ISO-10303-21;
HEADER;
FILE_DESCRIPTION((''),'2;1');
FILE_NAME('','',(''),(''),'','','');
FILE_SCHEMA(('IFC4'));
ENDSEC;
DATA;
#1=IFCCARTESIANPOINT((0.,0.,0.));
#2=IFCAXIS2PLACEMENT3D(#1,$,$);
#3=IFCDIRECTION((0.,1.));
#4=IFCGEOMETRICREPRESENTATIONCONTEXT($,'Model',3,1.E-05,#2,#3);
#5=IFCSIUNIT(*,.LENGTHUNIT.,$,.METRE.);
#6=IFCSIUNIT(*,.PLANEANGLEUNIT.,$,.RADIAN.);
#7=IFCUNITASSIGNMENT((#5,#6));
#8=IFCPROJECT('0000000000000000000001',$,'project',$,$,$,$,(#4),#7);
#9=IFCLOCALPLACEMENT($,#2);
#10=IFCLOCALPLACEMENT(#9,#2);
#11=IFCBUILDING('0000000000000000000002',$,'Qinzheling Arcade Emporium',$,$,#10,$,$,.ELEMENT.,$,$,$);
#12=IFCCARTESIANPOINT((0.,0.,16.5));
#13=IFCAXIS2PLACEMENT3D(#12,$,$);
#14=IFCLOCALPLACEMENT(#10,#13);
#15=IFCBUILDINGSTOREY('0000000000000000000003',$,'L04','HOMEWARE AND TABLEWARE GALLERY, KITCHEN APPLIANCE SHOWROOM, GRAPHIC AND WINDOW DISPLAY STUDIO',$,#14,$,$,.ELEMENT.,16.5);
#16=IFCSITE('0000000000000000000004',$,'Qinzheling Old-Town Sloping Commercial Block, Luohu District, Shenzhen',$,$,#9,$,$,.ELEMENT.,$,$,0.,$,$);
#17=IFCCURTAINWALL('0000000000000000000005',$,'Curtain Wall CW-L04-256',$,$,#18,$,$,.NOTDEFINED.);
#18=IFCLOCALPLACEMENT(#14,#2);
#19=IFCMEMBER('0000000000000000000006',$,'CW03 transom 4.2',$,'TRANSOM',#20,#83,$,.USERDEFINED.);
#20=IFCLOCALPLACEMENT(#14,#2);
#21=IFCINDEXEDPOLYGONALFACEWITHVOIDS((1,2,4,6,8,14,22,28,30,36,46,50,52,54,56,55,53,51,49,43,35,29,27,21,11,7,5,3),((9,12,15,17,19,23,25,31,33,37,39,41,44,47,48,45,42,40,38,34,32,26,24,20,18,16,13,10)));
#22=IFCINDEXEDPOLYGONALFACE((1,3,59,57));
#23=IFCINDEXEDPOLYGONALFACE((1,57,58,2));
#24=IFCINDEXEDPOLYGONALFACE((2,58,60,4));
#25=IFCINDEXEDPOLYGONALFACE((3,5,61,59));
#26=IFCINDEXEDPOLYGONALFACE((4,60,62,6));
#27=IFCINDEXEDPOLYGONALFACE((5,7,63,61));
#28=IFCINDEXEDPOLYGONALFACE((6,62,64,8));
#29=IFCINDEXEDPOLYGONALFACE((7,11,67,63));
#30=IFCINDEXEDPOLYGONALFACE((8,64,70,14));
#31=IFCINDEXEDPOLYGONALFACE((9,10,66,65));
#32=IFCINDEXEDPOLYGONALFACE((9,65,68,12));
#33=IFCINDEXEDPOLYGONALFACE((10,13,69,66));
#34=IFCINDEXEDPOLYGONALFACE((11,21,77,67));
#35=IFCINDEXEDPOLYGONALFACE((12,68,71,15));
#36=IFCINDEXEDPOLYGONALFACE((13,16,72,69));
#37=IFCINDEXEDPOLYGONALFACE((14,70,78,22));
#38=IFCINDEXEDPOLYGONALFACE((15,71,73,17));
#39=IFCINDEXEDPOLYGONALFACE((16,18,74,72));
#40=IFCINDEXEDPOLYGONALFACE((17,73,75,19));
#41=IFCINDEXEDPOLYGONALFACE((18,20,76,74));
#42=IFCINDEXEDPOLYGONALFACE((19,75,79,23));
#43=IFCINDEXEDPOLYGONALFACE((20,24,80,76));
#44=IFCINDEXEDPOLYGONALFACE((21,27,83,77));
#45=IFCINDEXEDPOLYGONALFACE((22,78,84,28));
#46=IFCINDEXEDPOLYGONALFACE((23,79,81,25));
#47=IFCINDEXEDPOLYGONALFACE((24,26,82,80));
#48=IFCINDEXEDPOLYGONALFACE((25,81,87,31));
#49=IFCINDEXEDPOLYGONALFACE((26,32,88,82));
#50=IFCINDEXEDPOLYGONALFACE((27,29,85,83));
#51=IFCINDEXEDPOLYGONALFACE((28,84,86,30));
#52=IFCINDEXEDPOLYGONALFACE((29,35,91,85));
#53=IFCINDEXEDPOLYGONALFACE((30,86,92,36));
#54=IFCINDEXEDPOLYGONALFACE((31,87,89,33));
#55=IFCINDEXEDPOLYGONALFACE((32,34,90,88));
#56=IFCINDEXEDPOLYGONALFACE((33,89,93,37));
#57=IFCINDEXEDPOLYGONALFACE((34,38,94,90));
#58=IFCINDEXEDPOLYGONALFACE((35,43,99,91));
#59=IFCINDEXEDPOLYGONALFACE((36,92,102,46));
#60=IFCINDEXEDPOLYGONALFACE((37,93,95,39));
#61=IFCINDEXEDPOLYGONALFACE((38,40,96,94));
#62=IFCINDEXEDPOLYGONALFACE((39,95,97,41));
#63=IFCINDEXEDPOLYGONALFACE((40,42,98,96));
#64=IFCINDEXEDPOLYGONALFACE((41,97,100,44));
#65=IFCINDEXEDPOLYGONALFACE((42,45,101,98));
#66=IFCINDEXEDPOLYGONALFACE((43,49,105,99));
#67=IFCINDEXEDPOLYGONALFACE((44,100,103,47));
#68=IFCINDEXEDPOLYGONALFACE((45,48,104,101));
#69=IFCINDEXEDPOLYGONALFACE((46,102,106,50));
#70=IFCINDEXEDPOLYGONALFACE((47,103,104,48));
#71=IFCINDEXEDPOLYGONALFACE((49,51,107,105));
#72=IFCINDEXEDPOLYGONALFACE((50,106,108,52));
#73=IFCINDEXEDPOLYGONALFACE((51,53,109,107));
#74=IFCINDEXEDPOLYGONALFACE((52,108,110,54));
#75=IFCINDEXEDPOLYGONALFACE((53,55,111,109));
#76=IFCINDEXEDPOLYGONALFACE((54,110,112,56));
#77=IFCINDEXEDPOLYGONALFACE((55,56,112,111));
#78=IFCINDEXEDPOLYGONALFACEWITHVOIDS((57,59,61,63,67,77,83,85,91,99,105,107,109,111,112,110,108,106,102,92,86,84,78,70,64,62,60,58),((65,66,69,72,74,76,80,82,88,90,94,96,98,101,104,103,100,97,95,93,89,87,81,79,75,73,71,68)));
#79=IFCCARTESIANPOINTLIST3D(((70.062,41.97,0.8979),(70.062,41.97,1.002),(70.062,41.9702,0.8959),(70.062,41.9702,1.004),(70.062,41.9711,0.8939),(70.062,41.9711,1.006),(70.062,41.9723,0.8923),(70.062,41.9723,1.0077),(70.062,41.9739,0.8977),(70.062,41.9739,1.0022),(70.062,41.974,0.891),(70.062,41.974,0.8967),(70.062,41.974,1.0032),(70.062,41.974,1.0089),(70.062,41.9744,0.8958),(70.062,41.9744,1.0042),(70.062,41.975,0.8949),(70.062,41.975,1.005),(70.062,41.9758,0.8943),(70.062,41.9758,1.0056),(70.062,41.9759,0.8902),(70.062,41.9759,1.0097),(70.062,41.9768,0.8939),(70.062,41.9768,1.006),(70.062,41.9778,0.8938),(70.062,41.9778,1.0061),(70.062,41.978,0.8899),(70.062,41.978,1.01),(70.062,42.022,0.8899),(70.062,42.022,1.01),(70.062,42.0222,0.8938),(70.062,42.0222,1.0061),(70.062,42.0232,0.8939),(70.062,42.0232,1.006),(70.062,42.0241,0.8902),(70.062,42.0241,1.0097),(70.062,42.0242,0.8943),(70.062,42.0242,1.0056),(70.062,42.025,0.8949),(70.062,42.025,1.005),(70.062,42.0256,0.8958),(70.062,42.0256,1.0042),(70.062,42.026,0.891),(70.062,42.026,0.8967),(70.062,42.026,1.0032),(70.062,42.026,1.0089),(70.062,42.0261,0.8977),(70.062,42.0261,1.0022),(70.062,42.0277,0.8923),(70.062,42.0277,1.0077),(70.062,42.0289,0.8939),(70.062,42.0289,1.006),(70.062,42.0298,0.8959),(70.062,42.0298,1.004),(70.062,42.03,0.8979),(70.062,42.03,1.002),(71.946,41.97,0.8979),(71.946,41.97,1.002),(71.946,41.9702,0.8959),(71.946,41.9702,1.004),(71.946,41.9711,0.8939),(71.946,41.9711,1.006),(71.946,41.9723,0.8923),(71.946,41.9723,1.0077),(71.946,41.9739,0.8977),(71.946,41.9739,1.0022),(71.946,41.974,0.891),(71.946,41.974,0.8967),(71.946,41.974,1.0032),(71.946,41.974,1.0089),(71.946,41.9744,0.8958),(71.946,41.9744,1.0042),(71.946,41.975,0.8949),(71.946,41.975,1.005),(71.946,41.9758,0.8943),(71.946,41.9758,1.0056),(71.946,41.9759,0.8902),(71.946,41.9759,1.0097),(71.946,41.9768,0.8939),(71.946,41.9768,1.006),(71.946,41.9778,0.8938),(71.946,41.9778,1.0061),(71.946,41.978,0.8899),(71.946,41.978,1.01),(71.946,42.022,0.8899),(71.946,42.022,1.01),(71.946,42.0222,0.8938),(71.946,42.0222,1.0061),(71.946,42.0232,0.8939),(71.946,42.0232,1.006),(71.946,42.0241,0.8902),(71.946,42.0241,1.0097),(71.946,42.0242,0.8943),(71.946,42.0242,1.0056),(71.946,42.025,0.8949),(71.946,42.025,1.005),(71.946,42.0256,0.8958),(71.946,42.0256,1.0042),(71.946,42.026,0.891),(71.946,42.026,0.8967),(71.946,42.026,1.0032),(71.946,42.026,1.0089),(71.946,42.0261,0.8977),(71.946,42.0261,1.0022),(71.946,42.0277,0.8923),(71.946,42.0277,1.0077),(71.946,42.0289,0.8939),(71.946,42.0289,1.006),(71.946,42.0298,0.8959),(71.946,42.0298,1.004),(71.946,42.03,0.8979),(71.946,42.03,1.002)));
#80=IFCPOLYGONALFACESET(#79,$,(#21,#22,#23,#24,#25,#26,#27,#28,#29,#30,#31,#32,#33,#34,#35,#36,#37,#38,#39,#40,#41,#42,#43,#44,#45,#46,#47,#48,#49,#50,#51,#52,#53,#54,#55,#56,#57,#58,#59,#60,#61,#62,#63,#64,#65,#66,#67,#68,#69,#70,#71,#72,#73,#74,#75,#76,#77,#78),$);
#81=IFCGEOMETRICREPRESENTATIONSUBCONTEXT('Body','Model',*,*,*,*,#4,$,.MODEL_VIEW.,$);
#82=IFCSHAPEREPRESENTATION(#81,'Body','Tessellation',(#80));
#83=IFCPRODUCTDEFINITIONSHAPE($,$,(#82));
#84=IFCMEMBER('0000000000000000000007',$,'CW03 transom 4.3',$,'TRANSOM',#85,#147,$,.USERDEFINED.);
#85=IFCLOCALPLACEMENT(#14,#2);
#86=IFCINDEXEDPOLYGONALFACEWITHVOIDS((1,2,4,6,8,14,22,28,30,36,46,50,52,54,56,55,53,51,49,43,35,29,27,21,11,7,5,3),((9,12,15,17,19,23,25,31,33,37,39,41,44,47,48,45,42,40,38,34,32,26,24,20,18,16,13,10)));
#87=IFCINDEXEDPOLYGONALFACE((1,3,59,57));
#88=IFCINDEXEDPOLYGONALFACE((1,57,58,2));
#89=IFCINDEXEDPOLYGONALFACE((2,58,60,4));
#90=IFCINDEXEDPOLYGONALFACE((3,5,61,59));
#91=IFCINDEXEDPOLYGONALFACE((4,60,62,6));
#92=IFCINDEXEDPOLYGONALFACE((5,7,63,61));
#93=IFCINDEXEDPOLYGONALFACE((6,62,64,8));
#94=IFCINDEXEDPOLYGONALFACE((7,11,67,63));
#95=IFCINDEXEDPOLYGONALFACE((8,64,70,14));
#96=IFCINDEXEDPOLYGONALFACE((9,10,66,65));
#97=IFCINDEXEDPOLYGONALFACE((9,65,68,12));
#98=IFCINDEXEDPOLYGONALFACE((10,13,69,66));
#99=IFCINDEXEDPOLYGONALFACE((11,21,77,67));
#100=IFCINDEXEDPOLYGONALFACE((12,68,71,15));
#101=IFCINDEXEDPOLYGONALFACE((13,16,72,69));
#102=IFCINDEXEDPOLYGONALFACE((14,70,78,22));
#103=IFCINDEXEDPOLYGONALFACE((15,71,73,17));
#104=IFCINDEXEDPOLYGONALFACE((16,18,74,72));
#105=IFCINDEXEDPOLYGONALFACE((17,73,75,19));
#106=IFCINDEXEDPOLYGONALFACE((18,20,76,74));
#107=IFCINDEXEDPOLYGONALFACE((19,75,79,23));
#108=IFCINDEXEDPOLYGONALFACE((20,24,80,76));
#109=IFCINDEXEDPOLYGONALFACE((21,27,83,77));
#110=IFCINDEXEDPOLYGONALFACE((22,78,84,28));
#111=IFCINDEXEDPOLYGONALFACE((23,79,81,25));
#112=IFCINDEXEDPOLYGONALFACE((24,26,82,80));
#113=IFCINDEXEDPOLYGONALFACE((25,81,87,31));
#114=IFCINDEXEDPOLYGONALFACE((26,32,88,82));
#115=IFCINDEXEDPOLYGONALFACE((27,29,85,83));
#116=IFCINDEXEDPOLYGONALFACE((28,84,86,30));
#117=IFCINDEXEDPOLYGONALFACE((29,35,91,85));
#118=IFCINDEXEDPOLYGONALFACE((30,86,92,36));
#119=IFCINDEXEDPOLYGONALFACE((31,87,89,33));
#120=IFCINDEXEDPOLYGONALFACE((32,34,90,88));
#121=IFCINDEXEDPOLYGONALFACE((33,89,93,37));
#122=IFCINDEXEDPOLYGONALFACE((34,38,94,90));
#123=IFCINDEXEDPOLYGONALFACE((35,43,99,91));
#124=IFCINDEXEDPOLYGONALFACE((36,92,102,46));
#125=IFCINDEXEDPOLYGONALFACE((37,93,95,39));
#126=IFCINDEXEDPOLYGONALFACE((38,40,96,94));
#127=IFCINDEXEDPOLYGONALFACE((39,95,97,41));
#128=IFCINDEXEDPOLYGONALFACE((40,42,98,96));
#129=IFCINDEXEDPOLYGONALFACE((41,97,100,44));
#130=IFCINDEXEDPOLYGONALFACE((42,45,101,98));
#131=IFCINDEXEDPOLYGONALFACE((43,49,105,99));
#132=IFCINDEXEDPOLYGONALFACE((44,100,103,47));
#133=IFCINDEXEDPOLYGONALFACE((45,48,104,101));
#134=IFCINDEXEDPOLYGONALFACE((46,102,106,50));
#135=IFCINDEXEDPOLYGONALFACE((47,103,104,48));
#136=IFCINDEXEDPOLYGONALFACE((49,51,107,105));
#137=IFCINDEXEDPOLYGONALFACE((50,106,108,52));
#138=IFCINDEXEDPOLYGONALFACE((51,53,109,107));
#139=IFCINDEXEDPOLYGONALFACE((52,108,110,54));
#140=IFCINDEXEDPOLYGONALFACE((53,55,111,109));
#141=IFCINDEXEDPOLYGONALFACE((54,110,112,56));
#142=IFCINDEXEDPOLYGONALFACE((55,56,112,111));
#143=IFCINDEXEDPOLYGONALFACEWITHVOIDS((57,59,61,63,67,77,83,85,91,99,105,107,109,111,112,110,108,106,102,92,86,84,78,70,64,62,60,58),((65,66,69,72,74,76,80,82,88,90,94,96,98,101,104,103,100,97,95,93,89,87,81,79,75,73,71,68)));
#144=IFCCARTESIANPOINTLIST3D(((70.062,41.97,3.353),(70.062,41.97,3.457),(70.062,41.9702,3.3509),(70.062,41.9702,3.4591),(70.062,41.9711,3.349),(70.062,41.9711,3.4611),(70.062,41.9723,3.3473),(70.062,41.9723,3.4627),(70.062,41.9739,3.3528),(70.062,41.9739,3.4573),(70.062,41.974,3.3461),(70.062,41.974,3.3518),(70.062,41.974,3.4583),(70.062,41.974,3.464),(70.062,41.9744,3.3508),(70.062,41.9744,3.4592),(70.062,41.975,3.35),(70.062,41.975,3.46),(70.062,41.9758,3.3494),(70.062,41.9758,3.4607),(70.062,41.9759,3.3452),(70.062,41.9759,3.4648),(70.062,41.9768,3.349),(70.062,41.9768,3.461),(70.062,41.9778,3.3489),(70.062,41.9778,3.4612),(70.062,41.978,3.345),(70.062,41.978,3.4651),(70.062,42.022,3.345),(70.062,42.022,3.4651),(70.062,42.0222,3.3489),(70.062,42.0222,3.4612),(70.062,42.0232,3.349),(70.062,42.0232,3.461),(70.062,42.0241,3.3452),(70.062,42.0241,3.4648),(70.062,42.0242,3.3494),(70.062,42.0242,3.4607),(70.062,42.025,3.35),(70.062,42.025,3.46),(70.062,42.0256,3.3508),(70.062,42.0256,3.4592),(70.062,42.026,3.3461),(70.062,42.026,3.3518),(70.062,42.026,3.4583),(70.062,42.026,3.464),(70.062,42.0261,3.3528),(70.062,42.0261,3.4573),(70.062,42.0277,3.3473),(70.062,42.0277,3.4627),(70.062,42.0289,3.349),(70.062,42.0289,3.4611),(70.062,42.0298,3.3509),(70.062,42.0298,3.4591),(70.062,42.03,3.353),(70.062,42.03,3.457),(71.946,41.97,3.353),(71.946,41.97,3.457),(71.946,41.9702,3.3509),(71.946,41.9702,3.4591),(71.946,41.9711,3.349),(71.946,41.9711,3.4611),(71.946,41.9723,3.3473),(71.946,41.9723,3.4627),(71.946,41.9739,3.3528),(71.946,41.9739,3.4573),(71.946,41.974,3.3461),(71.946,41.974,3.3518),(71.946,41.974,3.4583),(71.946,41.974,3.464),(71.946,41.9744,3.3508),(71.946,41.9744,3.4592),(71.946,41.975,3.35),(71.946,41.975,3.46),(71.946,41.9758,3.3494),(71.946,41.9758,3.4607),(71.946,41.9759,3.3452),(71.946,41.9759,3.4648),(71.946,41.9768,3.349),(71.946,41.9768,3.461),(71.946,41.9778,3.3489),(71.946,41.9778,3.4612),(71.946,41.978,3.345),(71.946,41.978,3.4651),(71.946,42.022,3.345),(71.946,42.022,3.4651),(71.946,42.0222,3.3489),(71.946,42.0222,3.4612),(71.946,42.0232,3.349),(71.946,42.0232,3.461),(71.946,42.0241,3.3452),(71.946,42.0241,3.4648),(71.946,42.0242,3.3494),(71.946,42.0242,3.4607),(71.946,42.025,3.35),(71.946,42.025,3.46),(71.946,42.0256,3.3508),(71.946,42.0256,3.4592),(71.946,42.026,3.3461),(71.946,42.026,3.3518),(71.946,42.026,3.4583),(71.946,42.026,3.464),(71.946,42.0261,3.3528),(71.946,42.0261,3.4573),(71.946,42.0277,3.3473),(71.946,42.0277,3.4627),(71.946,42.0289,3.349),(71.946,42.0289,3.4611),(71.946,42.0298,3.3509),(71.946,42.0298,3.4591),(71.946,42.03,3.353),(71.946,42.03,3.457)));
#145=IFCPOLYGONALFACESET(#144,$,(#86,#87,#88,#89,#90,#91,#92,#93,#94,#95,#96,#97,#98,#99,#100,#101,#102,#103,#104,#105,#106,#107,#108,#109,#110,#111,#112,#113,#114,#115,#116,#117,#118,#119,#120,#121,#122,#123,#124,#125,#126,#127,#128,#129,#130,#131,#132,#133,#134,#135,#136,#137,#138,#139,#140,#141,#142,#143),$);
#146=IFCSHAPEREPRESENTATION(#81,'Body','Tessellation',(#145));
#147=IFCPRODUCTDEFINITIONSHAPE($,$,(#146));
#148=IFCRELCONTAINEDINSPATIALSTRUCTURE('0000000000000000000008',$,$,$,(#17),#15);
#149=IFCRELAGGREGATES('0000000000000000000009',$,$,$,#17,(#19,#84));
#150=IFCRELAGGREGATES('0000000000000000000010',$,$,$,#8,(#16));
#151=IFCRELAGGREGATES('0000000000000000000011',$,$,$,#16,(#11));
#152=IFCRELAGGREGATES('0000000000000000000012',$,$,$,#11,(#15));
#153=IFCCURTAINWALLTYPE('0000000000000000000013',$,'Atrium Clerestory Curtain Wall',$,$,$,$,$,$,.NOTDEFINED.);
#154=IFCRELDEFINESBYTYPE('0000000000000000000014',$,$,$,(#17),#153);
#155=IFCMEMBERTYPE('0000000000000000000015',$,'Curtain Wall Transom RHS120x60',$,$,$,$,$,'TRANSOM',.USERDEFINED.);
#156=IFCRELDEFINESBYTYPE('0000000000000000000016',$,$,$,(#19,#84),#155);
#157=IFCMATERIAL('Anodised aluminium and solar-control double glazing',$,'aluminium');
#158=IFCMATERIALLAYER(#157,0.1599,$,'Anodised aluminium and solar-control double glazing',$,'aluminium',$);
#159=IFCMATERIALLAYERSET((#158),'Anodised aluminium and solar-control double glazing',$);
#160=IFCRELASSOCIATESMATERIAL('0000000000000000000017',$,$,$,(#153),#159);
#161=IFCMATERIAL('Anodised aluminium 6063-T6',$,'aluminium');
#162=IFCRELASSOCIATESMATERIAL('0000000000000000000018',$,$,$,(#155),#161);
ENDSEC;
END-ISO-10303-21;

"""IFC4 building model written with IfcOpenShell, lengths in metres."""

from ifc_helpers import new_model, si_unit, direction, frame, origin, origin_2d, place, context, subcontext, project, spatial, hollow_rectangle, extrude, material, layer, layer_set, material_profile, profile_set, type_object, element, aggregate, save


model = new_model("IFC4")

# Units and contexts
model_context = context("Model", 3, precision=1e-05, world=origin(), true_north=direction((0.0, 1.0)))
body_context = subcontext(model_context, "Body", "Model", "MODEL_VIEW")
ifc_project = project(units=[si_unit("LENGTHUNIT", "METRE"), si_unit("PLANEANGLEUNIT", "RADIAN")], contexts=[model_context])

# Site, building, storey
site_placement = place(None, origin())
site = spatial("IfcSite", under=ifc_project, at=site_placement, Name="Qinzheling Old-Town Sloping Commercial Block, Luohu District, Shenzhen", CompositionType="ELEMENT", RefElevation=0.0)
building_placement = place(site_placement, origin())
building = spatial("IfcBuilding", under=site, at=building_placement, Name="Qinzheling Arcade Emporium", CompositionType="ELEMENT")
storey_placement = place(building_placement, frame((0.0, 0.0, 16.5)))
storey = spatial("IfcBuildingStorey", under=building, at=storey_placement, Name="L04", Description="HOMEWARE AND TABLEWARE GALLERY, KITCHEN APPLIANCE SHOWROOM, GRAPHIC AND WINDOW DISPLAY STUDIO", CompositionType="ELEMENT", Elevation=16.5)

# Curtain wall, members
ifc_material_1 = material(Name="Anodised aluminium and solar-control double glazing", Category="aluminium")
ifc_layer_1 = layer(ifc_material_1, 0.1599, Name="Anodised aluminium and solar-control double glazing", Category="aluminium")
ifc_layer_set_1 = layer_set([ifc_layer_1], Name="Anodised aluminium and solar-control double glazing")
curtain_wall_type = type_object("IfcCurtainWallType", Name="Atrium Clerestory Curtain Wall", PredefinedType="NOTDEFINED", material=ifc_layer_set_1)
curtain_wall_placement = place(storey_placement, origin())
curtain_wall = element("IfcCurtainWall", 1, at=curtain_wall_placement, inside=storey, type_object=curtain_wall_type, Name="Curtain Wall CW-L04-256", PredefinedType="NOTDEFINED")
ifc_material_2 = material(Name="Anodised aluminium 6063-T6", Category="aluminium")
ifc_material_profile_1 = material_profile(ifc_material_2, hollow_rectangle(XDim=0.0601, YDim=0.1201, WallThickness=0.0039, InnerFilletRadius=0.0039, OuterFilletRadius=0.0081, at=origin_2d()), Name="RHS 120x60x4", Category="aluminium")
ifc_profile_set_1 = profile_set([ifc_material_profile_1], Name="Anodised aluminium 6063-T6")
member_type_1 = type_object("IfcMemberType", Name="Curtain Wall Transom RHS120x60", ElementType="TRANSOM", PredefinedType="USERDEFINED", material=ifc_profile_set_1)
member_1_placement = place(storey_placement, frame((71.946, 42.0, 0.95), z_axis=(-1.0, 0.0, 0.0), x_axis=(0.0, -1.0, 0.0)))
member_1 = element("IfcMember", 2, at=member_1_placement, type_object=member_type_1, Name="CW03 transom 4.2", ObjectType="TRANSOM", PredefinedType="USERDEFINED", context=body_context, shape_type="SweptSolid", body=[
    extrude(hollow_rectangle(XDim=0.0601, YDim=0.1201, WallThickness=0.0039, InnerFilletRadius=0.0039, OuterFilletRadius=0.0081, at=origin_2d()), origin(), (0.0, 0.0, 1.0), 1.884),
])
member_2_placement = place(storey_placement, frame((71.946, 42.0, 3.405), z_axis=(-1.0, 0.0, 0.0), x_axis=(0.0, -1.0, 0.0)))
member_2 = element("IfcMember", 3, at=member_2_placement, type_object=member_type_1, Name="CW03 transom 4.3", ObjectType="TRANSOM", PredefinedType="USERDEFINED", context=body_context, shape_type="SweptSolid", body=[
    extrude(hollow_rectangle(XDim=0.0601, YDim=0.1201, WallThickness=0.0039, InnerFilletRadius=0.0039, OuterFilletRadius=0.0081, at=origin_2d()), origin(), (0.0, 0.0, 1.0), 1.884),
])

aggregate(curtain_wall, [member_1, member_2])

save(model, "model.ifc")
